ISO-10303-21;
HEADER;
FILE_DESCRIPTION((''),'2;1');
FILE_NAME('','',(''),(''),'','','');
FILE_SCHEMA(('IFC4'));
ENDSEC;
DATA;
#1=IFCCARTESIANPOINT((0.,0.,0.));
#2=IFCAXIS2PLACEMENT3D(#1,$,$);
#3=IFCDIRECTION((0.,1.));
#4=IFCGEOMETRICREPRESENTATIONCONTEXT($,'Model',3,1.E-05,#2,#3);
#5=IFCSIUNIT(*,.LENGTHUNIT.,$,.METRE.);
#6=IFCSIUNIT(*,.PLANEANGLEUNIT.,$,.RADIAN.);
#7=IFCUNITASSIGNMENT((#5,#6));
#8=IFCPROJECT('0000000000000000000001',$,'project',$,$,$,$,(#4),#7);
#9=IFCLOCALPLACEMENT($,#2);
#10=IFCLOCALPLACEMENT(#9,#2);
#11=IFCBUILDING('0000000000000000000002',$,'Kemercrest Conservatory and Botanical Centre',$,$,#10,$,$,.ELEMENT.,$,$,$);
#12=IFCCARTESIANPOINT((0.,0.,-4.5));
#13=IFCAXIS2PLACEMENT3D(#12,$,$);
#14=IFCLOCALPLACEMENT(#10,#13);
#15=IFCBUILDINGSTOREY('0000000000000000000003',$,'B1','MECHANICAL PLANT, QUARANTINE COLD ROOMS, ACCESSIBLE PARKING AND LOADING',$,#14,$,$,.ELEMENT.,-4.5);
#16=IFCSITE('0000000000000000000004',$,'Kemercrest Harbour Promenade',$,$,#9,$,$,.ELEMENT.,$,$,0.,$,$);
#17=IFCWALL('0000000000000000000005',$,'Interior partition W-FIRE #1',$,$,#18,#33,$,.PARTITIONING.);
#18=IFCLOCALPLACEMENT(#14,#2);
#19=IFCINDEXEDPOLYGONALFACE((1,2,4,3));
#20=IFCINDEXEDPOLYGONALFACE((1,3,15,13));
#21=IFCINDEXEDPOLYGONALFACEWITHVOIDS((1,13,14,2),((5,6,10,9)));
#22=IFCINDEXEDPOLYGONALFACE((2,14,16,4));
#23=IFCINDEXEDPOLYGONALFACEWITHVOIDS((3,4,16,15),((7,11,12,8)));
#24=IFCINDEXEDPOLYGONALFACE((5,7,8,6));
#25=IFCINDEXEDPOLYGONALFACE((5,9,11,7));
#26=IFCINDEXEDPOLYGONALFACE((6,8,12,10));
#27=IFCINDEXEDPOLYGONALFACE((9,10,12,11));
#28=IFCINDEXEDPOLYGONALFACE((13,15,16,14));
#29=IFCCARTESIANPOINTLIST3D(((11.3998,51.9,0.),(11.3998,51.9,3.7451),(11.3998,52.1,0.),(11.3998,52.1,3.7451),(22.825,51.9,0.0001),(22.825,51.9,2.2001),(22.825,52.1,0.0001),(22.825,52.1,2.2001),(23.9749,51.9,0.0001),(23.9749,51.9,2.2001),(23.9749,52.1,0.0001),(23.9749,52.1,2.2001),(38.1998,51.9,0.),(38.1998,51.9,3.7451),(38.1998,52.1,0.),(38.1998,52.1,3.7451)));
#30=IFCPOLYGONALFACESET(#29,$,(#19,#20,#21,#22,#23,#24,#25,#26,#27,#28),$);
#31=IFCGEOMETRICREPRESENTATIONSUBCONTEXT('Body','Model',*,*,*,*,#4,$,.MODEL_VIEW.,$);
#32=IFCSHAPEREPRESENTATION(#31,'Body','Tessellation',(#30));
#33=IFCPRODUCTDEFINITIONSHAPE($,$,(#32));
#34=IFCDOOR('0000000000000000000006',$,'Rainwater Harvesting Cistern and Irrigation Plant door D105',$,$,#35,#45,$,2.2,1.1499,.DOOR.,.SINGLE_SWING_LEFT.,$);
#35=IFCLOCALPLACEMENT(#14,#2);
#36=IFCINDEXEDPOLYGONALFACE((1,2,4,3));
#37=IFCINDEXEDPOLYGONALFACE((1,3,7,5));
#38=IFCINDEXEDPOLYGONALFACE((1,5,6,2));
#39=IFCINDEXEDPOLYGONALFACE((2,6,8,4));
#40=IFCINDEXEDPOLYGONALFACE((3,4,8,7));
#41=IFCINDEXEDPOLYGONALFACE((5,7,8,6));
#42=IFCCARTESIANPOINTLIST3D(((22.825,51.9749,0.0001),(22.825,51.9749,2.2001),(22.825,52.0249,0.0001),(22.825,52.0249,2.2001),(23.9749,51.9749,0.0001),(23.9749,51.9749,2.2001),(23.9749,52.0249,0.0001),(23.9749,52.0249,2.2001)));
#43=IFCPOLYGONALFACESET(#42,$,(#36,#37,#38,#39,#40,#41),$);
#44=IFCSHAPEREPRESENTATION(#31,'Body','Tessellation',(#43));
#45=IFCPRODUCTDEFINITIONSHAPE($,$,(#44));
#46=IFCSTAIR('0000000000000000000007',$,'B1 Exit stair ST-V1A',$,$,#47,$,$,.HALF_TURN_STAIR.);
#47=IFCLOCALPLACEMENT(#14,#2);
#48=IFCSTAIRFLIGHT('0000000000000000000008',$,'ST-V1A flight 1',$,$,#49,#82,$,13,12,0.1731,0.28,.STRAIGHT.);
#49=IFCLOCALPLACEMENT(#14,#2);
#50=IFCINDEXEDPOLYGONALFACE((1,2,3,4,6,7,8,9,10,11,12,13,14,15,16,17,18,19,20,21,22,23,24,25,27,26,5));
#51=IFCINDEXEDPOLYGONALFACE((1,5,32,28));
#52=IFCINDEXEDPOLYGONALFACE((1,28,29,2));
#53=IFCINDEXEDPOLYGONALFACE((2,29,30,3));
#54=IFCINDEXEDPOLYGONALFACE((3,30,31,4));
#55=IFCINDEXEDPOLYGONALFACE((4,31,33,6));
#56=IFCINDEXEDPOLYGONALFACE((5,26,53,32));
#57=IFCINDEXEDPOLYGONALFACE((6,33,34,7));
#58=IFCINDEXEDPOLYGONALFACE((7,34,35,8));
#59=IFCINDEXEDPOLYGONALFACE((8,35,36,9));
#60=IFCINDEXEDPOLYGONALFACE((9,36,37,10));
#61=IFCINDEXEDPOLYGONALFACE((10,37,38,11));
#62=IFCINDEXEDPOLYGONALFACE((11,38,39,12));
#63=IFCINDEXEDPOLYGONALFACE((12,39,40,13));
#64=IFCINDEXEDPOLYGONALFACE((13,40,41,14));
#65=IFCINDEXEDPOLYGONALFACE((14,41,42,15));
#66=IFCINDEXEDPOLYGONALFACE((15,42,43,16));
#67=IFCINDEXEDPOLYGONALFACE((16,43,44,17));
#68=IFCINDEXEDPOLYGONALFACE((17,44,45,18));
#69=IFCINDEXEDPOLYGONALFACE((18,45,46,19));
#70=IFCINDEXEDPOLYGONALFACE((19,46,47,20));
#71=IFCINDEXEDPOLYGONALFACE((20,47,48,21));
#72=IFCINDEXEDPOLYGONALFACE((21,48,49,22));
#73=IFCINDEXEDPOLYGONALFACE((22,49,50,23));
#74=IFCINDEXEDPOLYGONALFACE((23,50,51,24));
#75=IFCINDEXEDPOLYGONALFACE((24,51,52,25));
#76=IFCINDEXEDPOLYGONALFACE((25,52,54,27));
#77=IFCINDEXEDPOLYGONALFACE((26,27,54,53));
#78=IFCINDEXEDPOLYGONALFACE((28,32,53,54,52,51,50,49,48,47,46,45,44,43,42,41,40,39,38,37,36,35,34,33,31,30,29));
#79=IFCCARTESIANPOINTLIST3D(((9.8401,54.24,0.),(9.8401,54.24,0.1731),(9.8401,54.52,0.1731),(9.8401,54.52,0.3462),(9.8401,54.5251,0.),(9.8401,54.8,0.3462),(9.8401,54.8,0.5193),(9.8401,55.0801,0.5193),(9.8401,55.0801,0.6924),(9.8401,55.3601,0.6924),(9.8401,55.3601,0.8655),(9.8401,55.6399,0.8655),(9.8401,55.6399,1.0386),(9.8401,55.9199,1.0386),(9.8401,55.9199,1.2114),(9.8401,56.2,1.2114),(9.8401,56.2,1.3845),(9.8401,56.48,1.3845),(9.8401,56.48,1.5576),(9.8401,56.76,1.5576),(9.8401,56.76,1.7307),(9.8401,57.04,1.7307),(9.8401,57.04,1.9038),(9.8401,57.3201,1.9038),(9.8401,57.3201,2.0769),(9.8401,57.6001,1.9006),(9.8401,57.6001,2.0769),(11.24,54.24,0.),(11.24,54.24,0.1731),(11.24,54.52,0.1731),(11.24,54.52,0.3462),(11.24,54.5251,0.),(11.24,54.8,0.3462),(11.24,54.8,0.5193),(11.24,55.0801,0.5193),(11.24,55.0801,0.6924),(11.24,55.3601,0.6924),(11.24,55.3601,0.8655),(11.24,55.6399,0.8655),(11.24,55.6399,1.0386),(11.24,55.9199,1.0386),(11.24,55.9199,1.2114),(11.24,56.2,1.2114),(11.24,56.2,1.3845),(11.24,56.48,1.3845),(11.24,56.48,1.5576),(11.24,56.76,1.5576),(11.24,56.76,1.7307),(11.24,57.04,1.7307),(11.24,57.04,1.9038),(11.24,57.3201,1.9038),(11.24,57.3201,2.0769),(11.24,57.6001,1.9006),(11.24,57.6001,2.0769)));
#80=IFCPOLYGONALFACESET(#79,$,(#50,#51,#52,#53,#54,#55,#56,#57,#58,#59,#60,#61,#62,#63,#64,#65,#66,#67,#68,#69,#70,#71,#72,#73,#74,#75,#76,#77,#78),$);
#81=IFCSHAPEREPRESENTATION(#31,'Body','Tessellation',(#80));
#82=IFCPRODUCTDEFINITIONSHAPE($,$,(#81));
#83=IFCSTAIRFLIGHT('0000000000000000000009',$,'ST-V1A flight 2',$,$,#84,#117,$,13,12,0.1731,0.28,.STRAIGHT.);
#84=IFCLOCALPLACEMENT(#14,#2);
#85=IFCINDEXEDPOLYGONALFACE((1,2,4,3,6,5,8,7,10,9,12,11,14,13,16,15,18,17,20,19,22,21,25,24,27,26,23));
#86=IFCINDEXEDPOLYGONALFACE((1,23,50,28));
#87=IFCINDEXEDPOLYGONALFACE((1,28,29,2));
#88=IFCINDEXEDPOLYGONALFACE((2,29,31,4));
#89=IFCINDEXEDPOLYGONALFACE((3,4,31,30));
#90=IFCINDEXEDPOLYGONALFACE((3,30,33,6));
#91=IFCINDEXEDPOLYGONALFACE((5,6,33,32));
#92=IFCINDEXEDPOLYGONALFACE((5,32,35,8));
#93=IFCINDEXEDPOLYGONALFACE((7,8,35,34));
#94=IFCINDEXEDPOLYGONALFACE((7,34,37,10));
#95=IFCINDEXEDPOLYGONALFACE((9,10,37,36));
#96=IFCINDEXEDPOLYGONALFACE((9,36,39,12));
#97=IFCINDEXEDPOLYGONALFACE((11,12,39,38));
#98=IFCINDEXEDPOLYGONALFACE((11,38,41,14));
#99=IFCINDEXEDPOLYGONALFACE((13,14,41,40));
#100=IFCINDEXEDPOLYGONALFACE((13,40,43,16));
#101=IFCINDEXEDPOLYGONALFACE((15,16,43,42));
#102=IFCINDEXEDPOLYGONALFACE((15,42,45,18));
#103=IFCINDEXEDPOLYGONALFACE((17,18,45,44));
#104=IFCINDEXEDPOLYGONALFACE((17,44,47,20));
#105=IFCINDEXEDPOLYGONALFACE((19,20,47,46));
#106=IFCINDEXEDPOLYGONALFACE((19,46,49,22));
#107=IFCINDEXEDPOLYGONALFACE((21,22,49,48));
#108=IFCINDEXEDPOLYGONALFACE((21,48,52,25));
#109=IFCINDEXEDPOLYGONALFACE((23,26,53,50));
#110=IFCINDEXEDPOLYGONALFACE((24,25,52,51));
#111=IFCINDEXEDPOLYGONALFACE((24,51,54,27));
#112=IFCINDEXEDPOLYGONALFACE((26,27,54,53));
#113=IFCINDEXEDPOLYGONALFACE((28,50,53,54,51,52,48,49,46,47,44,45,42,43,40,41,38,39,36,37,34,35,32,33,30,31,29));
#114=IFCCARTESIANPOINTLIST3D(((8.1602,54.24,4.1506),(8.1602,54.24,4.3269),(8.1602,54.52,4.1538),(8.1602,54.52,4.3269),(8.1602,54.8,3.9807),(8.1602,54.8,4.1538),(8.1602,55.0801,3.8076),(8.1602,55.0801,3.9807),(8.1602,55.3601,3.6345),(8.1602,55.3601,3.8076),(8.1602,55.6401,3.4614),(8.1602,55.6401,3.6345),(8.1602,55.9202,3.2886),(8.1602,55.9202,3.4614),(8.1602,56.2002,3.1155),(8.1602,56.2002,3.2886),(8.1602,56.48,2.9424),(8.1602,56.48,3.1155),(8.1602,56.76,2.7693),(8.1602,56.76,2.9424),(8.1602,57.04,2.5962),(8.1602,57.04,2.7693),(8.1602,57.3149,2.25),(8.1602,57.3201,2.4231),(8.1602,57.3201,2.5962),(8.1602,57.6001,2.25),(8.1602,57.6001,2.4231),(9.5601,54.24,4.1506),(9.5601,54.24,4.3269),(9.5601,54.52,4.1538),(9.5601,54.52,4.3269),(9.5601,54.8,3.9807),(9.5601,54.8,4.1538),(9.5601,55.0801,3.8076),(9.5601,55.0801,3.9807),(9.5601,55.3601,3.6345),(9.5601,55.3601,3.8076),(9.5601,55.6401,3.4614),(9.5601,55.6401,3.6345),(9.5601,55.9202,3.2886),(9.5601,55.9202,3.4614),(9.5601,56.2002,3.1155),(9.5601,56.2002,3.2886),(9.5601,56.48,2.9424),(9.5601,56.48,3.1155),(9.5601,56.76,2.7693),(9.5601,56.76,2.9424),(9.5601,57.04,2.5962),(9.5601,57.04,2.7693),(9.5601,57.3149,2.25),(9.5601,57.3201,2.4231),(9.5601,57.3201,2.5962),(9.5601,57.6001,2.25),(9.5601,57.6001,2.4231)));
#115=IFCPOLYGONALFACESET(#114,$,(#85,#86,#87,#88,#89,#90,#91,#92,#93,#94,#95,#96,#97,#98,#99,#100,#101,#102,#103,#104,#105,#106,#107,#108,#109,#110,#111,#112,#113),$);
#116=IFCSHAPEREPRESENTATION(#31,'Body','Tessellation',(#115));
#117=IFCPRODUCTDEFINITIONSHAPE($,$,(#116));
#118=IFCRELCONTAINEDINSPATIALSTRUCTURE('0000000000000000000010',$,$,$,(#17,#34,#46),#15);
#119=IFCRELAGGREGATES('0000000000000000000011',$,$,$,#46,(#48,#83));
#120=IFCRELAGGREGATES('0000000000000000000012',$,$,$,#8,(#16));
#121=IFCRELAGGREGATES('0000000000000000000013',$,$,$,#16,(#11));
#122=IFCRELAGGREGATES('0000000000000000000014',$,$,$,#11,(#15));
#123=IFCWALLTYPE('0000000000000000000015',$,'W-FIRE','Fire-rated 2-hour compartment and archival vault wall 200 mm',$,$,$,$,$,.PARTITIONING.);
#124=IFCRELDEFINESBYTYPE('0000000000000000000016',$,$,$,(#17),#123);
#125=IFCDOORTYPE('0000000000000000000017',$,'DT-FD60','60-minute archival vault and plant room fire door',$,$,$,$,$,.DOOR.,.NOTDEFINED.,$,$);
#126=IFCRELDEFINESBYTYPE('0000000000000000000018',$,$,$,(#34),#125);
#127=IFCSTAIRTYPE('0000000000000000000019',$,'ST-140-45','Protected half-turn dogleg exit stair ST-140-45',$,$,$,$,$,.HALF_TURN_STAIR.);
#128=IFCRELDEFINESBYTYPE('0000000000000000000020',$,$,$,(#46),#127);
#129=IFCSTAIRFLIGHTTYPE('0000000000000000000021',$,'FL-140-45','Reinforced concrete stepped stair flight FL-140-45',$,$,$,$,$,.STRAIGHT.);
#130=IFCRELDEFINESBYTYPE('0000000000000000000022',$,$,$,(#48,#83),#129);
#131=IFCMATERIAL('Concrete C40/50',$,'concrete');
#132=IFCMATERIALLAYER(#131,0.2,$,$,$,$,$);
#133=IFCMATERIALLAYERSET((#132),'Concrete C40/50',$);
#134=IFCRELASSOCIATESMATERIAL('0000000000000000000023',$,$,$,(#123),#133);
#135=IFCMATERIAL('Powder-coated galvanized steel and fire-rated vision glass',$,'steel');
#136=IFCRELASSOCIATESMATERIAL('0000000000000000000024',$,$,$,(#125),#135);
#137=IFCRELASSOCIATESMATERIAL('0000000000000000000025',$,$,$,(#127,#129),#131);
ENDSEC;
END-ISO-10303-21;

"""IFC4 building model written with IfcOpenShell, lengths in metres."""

from ifc_helpers import new_model, si_unit, direction, frame, frame_2d, origin, place, context, subcontext, project, spatial, polyline, rectangle, outline, extrude, material, layer, layer_set, type_object, element, fill, aggregate, save


model = new_model("IFC4")

# Units and contexts
model_context = context("Model", 3, precision=1e-05, world=origin(), true_north=direction((0.0, 1.0)))
body_context = subcontext(model_context, "Body", "Model", "MODEL_VIEW")
ifc_project = project(units=[si_unit("LENGTHUNIT", "METRE"), si_unit("PLANEANGLEUNIT", "RADIAN")], contexts=[model_context])

# Site, building, storey
site_placement = place(None, origin())
site = spatial("IfcSite", under=ifc_project, at=site_placement, Name="Kemercrest Harbour Promenade", CompositionType="ELEMENT", RefElevation=0.0)
building_placement = place(site_placement, origin())
building = spatial("IfcBuilding", under=site, at=building_placement, Name="Kemercrest Conservatory and Botanical Centre", CompositionType="ELEMENT")
storey_placement = place(building_placement, frame((0.0, 0.0, -4.5)))
storey = spatial("IfcBuildingStorey", under=building, at=storey_placement, Name="B1", Description="MECHANICAL PLANT, QUARANTINE COLD ROOMS, ACCESSIBLE PARKING AND LOADING", CompositionType="ELEMENT", Elevation=-4.5)

# Shared definitions
ifc_material_1 = material(Name="Concrete C40/50", Category="concrete")

# Wall, opening, door
ifc_material_2 = material(Name="Powder-coated galvanized steel and fire-rated vision glass", Category="steel")
ifc_layer_1 = layer(ifc_material_1, 0.2)
ifc_layer_set_1 = layer_set([ifc_layer_1], Name="Concrete C40/50")
wall_type_1 = type_object("IfcWallType", Name="W-FIRE", Description="Fire-rated 2-hour compartment and archival vault wall 200 mm", PredefinedType="PARTITIONING", material=ifc_layer_set_1)
wall_1_placement = place(storey_placement, frame((11.3999, 52.0, 0.0), z_axis=(0.0, 0.0, 1.0), x_axis=(1.0, 0.0, 0.0)))
wall_1 = element("IfcWall", 1, at=wall_1_placement, inside=storey, type_object=wall_type_1, Name="Interior partition W-FIRE #1", PredefinedType="PARTITIONING", context=body_context, shape_type="SweptSolid", body=[
    extrude(rectangle(XDim=26.8, YDim=0.2, at=frame_2d((13.3999, 0.0))), origin(), (0.0, 0.0, 1.0), 3.7451),
])
opening_1_placement = place(wall_1_placement, frame((11.425, 0.0, 0.0)))
opening_1 = element("IfcOpeningElement", 2, at=opening_1_placement, cuts=wall_1, PredefinedType="OPENING", context=body_context, shape_type="SweptSolid", body=[
    extrude(rectangle(XDim=1.1499, YDim=2.2, at=frame_2d((0.575, 1.1001))), frame((0.0, 0.1099, 0.0), z_axis=(0.0, -1.0, 0.0), x_axis=(1.0, 0.0, 0.0)), (0.0, 0.0, 1.0), 0.22),
])
door_type_1 = type_object("IfcDoorType", Name="DT-FD60", Description="60-minute archival vault and plant room fire door", OperationType="NOTDEFINED", PredefinedType="DOOR", material=ifc_material_2)
door_1_placement = place(opening_1_placement, origin())
door_1 = element("IfcDoor", 3, at=door_1_placement, inside=storey, type_object=door_type_1, Name="Rainwater Harvesting Cistern and Irrigation Plant door D105", OperationType="SINGLE_SWING_LEFT", OverallHeight=2.2, OverallWidth=1.1499, PredefinedType="DOOR", context=body_context, shape_type="SweptSolid", body=[
    extrude(rectangle(XDim=1.1499, YDim=2.2, at=frame_2d((0.575, 1.1001))), frame((0.0, 0.0249, 0.0), z_axis=(0.0, -1.0, 0.0), x_axis=(1.0, 0.0, 0.0)), (0.0, 0.0, 1.0), 0.05),
])
fill(opening_1, door_1)

# Stair, stair flights
stair_type = type_object("IfcStairType", Name="ST-140-45", Description="Protected half-turn dogleg exit stair ST-140-45", PredefinedType="HALF_TURN_STAIR", material=ifc_material_1)
stair_placement = place(storey_placement, origin())
stair = element("IfcStair", 4, at=stair_placement, inside=storey, type_object=stair_type, Name="B1 Exit stair ST-V1A", PredefinedType="HALF_TURN_STAIR")
stair_flight_type = type_object("IfcStairFlightType", Name="FL-140-45", Description="Reinforced concrete stepped stair flight FL-140-45", PredefinedType="STRAIGHT", material=ifc_material_1)
stair_flight_1_placement = place(storey_placement, frame((10.54, 54.24, 0.0), z_axis=(0.0, 0.0, 1.0), x_axis=(0.0, 1.0, 0.0)))
stair_flight_1 = element("IfcStairFlight", 5, at=stair_flight_1_placement, type_object=stair_flight_type, Name="ST-V1A flight 1", NumberOfRisers=13, NumberOfTreads=12, PredefinedType="STRAIGHT", RiserHeight=0.1731, TreadLength=0.28, context=body_context, shape_type="SweptSolid", body=[
    extrude(outline(polyline([(0.0, 0.0), (0.0, 0.1731), (0.28, 0.1731), (0.28, 0.3462), (0.5601, 0.3462), (0.5601, 0.5193), (0.8401, 0.5193), (0.8401, 0.6924), (1.1201, 0.6924), (1.1201, 0.8655), (1.3999, 0.8655), (1.3999, 1.0386), (1.6799, 1.0386), (1.6799, 1.2114), (1.96, 1.2114), (1.96, 1.3845), (2.24, 1.3845), (2.24, 1.5576), (2.52, 1.5576), (2.52, 1.7307), (2.8, 1.7307), (2.8, 1.9038), (3.0801, 1.9038), (3.0801, 2.0769), (3.3601, 2.0769), (3.3601, 2.25), (3.3601, 1.9006), (0.2852, 0.0), (0.0, 0.0)])), frame((0.0, 0.7, 0.0), z_axis=(0.0, -1.0, 0.0), x_axis=(1.0, 0.0, 0.0)), (0.0, 0.0, 1.0), 1.3999),
])
stair_flight_2_placement = place(storey_placement, frame((8.8601, 57.6001, 2.25), z_axis=(0.0, 0.0, 1.0), x_axis=(0.0, -1.0, 0.0)))
stair_flight_2 = element("IfcStairFlight", 6, at=stair_flight_2_placement, type_object=stair_flight_type, Name="ST-V1A flight 2", NumberOfRisers=13, NumberOfTreads=12, PredefinedType="STRAIGHT", RiserHeight=0.1731, TreadLength=0.28, context=body_context, shape_type="SweptSolid", body=[
    extrude(outline(polyline([(0.0, 0.0), (0.0, 0.1731), (0.28, 0.1731), (0.28, 0.3462), (0.5601, 0.3462), (0.5601, 0.5193), (0.8401, 0.5193), (0.8401, 0.6924), (1.1201, 0.6924), (1.1201, 0.8655), (1.3999, 0.8655), (1.3999, 1.0386), (1.6799, 1.0386), (1.6799, 1.2114), (1.96, 1.2114), (1.96, 1.3845), (2.24, 1.3845), (2.24, 1.5576), (2.52, 1.5576), (2.52, 1.7307), (2.8, 1.7307), (2.8, 1.9038), (3.0801, 1.9038), (3.0801, 2.0769), (3.3601, 2.0769), (3.3601, 2.25), (3.3601, 1.9006), (0.2852, 0.0), (0.0, 0.0)])), frame((0.0, 0.7, 0.0), z_axis=(0.0, -1.0, 0.0), x_axis=(1.0, 0.0, 0.0)), (0.0, 0.0, 1.0), 1.3999),
])
aggregate(stair, [stair_flight_1, stair_flight_2])

save(model, "model.ifc")
